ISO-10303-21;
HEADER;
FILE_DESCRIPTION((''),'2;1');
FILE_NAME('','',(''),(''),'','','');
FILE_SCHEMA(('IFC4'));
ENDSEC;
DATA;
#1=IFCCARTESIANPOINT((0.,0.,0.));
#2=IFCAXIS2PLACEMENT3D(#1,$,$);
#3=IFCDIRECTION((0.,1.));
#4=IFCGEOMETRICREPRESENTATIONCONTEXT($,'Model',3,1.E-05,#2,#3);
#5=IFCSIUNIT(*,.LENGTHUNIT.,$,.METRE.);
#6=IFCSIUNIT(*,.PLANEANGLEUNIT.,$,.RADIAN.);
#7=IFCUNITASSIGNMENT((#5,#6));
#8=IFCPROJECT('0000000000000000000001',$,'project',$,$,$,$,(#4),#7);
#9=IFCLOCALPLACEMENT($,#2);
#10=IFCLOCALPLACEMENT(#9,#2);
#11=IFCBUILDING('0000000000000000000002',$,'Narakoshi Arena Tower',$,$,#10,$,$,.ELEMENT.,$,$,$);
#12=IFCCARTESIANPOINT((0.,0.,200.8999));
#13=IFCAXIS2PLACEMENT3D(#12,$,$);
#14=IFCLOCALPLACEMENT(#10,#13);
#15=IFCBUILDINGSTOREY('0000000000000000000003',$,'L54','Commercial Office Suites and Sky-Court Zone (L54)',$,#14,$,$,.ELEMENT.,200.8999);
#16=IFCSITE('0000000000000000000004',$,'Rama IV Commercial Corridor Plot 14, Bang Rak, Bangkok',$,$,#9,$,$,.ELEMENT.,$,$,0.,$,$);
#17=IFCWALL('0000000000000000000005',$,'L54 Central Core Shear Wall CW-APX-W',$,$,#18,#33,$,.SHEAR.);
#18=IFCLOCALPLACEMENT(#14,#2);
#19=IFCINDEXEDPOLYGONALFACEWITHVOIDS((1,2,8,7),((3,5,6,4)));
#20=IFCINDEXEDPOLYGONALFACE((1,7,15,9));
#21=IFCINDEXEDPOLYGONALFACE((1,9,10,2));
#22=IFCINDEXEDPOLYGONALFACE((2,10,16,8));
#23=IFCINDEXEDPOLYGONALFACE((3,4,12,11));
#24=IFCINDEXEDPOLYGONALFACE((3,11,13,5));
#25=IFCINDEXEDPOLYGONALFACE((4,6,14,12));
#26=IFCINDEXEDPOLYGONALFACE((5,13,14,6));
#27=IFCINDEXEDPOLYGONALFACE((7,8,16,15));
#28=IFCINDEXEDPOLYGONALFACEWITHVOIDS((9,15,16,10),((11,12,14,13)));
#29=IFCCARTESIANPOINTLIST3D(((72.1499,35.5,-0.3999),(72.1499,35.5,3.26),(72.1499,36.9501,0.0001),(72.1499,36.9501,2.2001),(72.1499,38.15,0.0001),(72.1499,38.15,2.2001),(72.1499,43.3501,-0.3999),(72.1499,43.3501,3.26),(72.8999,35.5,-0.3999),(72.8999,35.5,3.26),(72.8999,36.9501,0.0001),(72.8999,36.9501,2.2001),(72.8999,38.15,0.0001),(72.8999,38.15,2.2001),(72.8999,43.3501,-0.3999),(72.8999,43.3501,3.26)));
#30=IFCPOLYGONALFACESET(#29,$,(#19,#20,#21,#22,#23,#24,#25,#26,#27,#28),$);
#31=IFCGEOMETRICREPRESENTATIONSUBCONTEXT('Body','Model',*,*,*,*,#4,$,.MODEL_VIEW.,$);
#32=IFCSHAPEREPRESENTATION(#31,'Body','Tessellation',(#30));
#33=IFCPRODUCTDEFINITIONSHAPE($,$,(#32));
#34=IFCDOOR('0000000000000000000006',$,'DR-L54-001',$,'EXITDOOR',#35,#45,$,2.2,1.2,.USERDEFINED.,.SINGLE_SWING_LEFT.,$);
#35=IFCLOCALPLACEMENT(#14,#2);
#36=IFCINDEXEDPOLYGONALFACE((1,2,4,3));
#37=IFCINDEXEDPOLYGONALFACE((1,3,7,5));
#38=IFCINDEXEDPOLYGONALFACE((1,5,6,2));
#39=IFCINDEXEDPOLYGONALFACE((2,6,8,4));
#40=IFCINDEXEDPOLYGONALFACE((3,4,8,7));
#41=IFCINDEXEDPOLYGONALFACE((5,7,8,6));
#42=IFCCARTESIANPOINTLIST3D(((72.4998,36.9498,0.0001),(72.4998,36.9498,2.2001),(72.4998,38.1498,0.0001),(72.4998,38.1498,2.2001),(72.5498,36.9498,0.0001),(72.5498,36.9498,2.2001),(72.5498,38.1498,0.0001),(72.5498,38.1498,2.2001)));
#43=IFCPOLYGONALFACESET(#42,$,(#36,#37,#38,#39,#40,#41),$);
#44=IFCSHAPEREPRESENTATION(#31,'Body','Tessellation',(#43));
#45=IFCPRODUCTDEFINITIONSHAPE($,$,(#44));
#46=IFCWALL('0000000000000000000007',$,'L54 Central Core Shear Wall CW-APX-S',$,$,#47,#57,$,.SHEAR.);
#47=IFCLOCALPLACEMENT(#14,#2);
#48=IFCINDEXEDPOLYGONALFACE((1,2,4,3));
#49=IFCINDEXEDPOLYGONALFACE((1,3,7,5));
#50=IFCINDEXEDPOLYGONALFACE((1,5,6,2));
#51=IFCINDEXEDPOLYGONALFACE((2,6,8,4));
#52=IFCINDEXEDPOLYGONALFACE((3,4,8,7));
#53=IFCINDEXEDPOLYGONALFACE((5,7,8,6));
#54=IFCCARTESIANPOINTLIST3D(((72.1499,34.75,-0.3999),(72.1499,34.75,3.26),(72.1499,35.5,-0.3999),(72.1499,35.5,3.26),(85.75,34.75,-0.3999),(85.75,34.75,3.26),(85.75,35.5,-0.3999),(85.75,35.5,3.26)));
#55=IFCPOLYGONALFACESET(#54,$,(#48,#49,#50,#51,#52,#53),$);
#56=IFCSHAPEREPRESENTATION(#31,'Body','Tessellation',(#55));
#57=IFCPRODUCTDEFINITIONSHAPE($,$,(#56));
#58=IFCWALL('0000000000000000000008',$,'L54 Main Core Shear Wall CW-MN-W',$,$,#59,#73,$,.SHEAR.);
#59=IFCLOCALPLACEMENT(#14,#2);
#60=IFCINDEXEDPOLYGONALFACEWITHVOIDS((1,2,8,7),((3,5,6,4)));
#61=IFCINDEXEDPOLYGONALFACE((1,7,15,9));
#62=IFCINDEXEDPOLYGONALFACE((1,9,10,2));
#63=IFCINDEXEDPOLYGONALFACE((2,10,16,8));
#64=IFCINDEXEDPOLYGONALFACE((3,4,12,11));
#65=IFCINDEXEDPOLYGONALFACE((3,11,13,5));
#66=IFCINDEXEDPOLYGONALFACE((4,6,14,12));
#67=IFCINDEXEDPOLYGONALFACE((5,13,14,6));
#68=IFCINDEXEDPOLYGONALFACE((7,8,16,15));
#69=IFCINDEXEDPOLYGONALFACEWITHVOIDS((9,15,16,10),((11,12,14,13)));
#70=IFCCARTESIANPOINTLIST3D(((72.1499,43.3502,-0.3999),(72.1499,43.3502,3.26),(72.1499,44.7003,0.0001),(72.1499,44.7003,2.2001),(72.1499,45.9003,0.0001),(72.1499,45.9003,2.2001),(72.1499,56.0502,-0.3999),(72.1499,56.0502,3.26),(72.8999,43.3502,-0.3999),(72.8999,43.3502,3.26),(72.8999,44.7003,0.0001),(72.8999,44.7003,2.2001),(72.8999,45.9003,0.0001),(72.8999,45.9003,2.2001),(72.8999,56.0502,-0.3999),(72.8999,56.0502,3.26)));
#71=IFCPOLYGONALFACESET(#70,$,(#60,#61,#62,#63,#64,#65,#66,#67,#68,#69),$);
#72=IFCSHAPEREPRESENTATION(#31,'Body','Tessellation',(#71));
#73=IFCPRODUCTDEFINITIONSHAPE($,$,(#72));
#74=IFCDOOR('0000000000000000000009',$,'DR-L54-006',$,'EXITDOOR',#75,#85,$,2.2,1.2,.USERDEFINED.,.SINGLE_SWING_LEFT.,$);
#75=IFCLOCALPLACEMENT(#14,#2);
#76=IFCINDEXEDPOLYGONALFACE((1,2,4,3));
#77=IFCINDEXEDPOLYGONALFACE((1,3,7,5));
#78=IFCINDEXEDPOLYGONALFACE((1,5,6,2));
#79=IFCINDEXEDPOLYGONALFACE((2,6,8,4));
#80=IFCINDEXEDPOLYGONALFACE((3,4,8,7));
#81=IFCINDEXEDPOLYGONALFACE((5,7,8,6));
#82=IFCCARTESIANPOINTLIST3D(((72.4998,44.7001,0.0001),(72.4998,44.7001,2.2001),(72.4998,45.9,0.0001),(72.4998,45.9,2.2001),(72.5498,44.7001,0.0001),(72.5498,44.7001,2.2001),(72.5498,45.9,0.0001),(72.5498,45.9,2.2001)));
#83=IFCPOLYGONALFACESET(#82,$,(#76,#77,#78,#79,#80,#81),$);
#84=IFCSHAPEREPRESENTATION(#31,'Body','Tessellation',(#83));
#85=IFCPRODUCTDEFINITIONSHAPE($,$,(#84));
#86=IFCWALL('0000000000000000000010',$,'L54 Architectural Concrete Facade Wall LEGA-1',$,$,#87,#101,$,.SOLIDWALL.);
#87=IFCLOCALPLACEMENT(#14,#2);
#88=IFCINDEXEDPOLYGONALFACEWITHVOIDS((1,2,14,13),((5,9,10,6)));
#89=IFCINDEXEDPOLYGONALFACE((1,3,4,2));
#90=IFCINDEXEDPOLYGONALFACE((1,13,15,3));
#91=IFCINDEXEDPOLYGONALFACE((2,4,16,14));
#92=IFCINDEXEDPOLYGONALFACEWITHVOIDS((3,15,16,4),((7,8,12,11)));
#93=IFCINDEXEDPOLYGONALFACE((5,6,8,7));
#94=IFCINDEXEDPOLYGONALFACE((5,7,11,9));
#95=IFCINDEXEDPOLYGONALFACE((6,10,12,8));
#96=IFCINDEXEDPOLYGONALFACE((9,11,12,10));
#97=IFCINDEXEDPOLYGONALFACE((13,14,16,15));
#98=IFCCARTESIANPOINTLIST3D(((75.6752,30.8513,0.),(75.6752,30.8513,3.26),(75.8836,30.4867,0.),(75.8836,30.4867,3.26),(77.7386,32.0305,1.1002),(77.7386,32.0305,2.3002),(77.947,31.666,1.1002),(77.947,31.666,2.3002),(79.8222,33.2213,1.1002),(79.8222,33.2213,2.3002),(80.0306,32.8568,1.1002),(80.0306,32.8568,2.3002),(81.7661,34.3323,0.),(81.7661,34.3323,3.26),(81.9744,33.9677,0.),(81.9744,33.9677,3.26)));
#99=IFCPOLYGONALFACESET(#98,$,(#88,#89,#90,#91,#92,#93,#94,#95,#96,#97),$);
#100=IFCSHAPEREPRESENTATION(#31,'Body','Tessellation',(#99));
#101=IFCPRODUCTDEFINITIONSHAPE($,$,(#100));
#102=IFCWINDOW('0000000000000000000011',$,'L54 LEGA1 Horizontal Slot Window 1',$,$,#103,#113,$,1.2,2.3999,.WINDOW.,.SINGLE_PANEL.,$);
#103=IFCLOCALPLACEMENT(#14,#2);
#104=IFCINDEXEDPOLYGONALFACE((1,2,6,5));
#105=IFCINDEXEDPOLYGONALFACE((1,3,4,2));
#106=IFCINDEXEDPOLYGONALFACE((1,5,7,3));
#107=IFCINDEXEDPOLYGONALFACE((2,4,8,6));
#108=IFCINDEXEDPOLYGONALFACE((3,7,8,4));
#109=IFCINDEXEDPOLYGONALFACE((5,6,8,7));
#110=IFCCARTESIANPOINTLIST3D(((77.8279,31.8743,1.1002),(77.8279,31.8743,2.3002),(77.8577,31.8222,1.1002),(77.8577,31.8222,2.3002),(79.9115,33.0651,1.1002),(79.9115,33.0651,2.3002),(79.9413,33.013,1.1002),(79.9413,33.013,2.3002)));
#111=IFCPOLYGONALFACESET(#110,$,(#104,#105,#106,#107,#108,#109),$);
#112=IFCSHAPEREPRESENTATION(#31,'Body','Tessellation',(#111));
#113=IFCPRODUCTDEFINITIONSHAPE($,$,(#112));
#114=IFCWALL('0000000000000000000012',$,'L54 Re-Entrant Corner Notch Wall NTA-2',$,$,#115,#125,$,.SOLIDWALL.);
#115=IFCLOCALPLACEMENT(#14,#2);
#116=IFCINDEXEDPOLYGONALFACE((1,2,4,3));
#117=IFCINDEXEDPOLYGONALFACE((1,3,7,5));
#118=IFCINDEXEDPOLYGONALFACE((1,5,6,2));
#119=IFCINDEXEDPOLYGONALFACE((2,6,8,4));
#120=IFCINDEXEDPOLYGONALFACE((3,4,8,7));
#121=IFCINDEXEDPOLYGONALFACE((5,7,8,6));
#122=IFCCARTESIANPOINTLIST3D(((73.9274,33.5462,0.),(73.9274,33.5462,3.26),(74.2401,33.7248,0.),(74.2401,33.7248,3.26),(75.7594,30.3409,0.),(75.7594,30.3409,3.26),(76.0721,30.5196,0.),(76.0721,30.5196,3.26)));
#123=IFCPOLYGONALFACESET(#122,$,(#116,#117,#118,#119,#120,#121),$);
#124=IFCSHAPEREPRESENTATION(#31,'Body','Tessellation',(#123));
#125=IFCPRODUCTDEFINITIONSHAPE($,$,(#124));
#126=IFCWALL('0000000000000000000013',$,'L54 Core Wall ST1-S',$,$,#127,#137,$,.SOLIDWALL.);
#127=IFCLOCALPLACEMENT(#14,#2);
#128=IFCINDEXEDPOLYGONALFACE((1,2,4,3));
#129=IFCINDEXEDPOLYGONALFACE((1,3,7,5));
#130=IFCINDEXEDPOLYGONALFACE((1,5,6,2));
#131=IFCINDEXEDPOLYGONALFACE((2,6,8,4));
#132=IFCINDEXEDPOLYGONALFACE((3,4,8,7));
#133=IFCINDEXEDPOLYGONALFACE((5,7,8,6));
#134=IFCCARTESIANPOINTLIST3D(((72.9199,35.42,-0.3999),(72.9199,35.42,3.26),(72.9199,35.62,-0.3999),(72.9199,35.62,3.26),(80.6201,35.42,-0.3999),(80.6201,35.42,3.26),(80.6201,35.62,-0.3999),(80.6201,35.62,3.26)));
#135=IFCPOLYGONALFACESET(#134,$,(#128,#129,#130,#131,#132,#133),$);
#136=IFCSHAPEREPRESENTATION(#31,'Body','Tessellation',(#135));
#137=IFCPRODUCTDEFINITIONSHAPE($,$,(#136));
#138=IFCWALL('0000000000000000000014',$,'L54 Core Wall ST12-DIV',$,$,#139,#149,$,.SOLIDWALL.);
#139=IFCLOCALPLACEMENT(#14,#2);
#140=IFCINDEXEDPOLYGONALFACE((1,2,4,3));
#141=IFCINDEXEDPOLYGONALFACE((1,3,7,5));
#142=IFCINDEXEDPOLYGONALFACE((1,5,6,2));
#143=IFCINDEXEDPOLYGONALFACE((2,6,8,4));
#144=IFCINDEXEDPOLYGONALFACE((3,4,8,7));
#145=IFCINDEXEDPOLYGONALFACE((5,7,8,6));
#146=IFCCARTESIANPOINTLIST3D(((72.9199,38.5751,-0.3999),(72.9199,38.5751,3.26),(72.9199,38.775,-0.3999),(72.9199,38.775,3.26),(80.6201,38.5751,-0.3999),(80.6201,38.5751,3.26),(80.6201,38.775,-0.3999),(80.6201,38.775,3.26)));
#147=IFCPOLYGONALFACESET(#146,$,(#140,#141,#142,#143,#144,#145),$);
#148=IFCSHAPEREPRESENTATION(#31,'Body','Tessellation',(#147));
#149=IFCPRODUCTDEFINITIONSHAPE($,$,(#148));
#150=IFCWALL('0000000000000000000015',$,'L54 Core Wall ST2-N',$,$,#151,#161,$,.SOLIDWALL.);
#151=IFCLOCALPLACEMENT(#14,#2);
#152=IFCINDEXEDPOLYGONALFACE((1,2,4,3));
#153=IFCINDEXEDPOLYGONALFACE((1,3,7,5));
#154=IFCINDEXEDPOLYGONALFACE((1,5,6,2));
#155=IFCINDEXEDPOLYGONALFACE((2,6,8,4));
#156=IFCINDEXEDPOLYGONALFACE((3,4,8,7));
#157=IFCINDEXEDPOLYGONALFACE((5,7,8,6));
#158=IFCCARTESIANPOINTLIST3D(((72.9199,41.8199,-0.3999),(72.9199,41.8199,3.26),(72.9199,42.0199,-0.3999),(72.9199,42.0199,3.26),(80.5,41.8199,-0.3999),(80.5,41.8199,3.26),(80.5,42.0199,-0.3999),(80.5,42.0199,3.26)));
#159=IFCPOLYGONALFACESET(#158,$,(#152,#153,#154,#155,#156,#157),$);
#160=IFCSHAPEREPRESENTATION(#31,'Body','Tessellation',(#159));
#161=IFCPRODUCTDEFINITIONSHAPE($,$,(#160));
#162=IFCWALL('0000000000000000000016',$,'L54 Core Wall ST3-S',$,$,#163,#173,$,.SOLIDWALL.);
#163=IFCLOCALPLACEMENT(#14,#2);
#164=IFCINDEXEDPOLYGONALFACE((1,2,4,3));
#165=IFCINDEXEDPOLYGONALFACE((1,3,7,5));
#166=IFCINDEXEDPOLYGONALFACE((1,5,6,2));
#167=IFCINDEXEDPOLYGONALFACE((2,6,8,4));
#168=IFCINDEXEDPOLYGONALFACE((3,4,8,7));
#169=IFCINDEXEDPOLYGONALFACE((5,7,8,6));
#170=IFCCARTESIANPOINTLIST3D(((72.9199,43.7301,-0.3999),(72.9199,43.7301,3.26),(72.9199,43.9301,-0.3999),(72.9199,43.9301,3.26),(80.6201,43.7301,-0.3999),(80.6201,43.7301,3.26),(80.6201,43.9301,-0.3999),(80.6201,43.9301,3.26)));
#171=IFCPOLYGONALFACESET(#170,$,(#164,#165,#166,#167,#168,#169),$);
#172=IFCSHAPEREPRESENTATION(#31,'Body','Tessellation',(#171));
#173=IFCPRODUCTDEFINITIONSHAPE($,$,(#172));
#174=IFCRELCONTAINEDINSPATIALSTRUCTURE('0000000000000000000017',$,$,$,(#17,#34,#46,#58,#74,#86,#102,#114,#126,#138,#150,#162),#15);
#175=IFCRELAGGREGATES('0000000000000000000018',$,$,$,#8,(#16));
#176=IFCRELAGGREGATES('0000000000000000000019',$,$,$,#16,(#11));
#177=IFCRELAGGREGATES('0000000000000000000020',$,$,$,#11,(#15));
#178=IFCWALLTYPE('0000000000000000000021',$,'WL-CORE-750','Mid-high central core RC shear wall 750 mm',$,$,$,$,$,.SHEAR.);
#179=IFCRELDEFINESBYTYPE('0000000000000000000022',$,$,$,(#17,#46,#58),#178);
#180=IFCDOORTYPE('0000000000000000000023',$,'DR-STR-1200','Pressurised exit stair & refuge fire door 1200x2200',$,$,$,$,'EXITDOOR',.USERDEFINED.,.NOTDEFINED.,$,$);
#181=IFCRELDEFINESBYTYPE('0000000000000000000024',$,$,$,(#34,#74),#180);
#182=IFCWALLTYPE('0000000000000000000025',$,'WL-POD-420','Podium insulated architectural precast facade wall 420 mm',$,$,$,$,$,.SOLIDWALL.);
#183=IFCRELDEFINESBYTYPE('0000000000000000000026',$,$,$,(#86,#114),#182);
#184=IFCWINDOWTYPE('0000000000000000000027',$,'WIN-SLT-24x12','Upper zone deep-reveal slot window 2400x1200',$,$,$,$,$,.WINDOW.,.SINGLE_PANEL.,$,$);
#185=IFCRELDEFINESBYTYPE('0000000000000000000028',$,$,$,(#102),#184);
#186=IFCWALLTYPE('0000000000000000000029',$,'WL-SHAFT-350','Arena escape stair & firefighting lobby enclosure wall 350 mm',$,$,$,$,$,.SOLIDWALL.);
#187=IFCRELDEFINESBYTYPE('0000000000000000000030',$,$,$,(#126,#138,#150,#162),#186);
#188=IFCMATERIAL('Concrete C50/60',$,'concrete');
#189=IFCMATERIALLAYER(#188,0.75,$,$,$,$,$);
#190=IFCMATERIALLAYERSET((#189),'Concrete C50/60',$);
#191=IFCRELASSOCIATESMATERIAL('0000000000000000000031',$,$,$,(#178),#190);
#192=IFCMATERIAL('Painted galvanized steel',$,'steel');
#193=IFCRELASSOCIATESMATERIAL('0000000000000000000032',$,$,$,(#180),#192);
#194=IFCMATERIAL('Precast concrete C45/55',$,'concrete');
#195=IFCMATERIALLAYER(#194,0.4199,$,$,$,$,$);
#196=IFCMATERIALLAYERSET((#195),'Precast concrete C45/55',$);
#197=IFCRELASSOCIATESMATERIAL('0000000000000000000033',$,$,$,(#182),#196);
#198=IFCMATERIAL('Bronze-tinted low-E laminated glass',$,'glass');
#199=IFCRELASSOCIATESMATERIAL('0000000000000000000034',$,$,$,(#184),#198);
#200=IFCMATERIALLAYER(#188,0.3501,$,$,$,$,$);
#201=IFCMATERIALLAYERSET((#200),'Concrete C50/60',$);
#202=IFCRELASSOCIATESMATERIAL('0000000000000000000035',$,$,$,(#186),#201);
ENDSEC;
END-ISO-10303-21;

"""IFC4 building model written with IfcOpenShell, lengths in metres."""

from ifc_helpers import new_model, si_unit, direction, frame, frame_2d, origin, place, context, subcontext, project, spatial, rectangle, extrude, material, layer, layer_set, type_object, element, fill, save


model = new_model("IFC4")

# Units and contexts
model_context = context("Model", 3, precision=1e-05, world=origin(), true_north=direction((0.0, 1.0)))
body_context = subcontext(model_context, "Body", "Model", "MODEL_VIEW")
ifc_project = project(units=[si_unit("LENGTHUNIT", "METRE"), si_unit("PLANEANGLEUNIT", "RADIAN")], contexts=[model_context])

# Site, building, storey
site_placement = place(None, origin())
site = spatial("IfcSite", under=ifc_project, at=site_placement, Name="Rama IV Commercial Corridor Plot 14, Bang Rak, Bangkok", CompositionType="ELEMENT", RefElevation=0.0)
building_placement = place(site_placement, origin())
building = spatial("IfcBuilding", under=site, at=building_placement, Name="Narakoshi Arena Tower", CompositionType="ELEMENT")
storey_placement = place(building_placement, frame((0.0, 0.0, 200.8999)))
storey = spatial("IfcBuildingStorey", under=building, at=storey_placement, Name="L54", Description="Commercial Office Suites and Sky-Court Zone (L54)", CompositionType="ELEMENT", Elevation=200.8999)

# Wall, opening, door
ifc_material_1 = material(Name="Concrete C50/60", Category="concrete")
ifc_layer_1 = layer(ifc_material_1, 0.75)
ifc_layer_set_1 = layer_set([ifc_layer_1], Name="Concrete C50/60")
wall_type_1 = type_object("IfcWallType", Name="WL-CORE-750", Description="Mid-high central core RC shear wall 750 mm", PredefinedType="SHEAR", material=ifc_layer_set_1)
wall_1_placement = place(storey_placement, frame((72.5249, 35.5, -0.3999), z_axis=(0.0, 0.0, 1.0), x_axis=(0.0, 1.0, 0.0)))
wall_1 = element("IfcWall", 1, at=wall_1_placement, inside=storey, type_object=wall_type_1, Name="L54 Central Core Shear Wall CW-APX-W", PredefinedType="SHEAR", context=body_context, shape_type="SweptSolid", body=[
    extrude(rectangle(XDim=7.8501, YDim=0.75, at=frame_2d((3.925, 0.0))), origin(), (0.0, 0.0, 1.0), 3.6599),
])
opening_1_placement = place(wall_1_placement, frame((1.45, 0.0, 0.3999)))
opening_1 = element("IfcOpeningElement", 2, at=opening_1_placement, cuts=wall_1, PredefinedType="OPENING", context=body_context, shape_type="SweptSolid", body=[
    extrude(rectangle(XDim=1.2, YDim=2.2, at=frame_2d((0.6001, 1.1001))), frame((0.0, 0.385, 0.0), z_axis=(0.0, -1.0, 0.0), x_axis=(1.0, 0.0, 0.0)), (0.0, 0.0, 1.0), 0.77),
])
ifc_material_2 = material(Name="Painted galvanized steel", Category="steel")
door_type = type_object("IfcDoorType", Name="DR-STR-1200", Description="Pressurised exit stair & refuge fire door 1200x2200", ElementType="EXITDOOR", OperationType="NOTDEFINED", PredefinedType="USERDEFINED", material=ifc_material_2)
door_1_placement = place(opening_1_placement, frame((1.2, 0.0, 0.0), z_axis=(0.0, 0.0, 1.0), x_axis=(-1.0, 0.0, 0.0)))
door_1 = element("IfcDoor", 3, at=door_1_placement, inside=storey, type_object=door_type, Name="DR-L54-001", ObjectType="EXITDOOR", OperationType="SINGLE_SWING_LEFT", OverallHeight=2.2, OverallWidth=1.2, PredefinedType="USERDEFINED", context=body_context, shape_type="SweptSolid", body=[
    extrude(rectangle(XDim=1.2, YDim=2.2, at=frame_2d((0.6001, 1.1001))), frame((0.0, 0.0249, 0.0), z_axis=(0.0, -1.0, 0.0), x_axis=(1.0, 0.0, 0.0)), (0.0, 0.0, 1.0), 0.05),
])
fill(opening_1, door_1)

# Wall
wall_2_placement = place(storey_placement, frame((72.1499, 35.125, -0.3999), z_axis=(0.0, 0.0, 1.0), x_axis=(1.0, 0.0, 0.0)))
element("IfcWall", 4, at=wall_2_placement, inside=storey, type_object=wall_type_1, Name="L54 Central Core Shear Wall CW-APX-S", PredefinedType="SHEAR", context=body_context, shape_type="SweptSolid", body=[
    extrude(rectangle(XDim=13.6001, YDim=0.75, at=frame_2d((6.8, 0.0))), origin(), (0.0, 0.0, 1.0), 3.6599),
])

# Wall, opening, door
wall_3_placement = place(storey_placement, frame((72.5249, 43.3501, -0.3999), z_axis=(0.0, 0.0, 1.0), x_axis=(0.0, 1.0, 0.0)))
wall_3 = element("IfcWall", 5, at=wall_3_placement, inside=storey, type_object=wall_type_1, Name="L54 Main Core Shear Wall CW-MN-W", PredefinedType="SHEAR", context=body_context, shape_type="SweptSolid", body=[
    extrude(rectangle(XDim=12.7, YDim=0.75, at=frame_2d((6.3501, 0.0))), origin(), (0.0, 0.0, 1.0), 3.6599),
])
opening_2_placement = place(wall_3_placement, frame((1.3501, 0.0, 0.3999)))
opening_2 = element("IfcOpeningElement", 6, at=opening_2_placement, cuts=wall_3, PredefinedType="OPENING", context=body_context, shape_type="SweptSolid", body=[
    extrude(rectangle(XDim=1.2, YDim=2.2, at=frame_2d((0.6001, 1.1001))), frame((0.0, 0.385, 0.0), z_axis=(0.0, -1.0, 0.0), x_axis=(1.0, 0.0, 0.0)), (0.0, 0.0, 1.0), 0.77),
])
door_2_placement = place(opening_2_placement, frame((1.2, 0.0, 0.0), z_axis=(0.0, 0.0, 1.0), x_axis=(-1.0, 0.0, 0.0)))
door_2 = element("IfcDoor", 7, at=door_2_placement, inside=storey, type_object=door_type, Name="DR-L54-006", ObjectType="EXITDOOR", OperationType="SINGLE_SWING_LEFT", OverallHeight=2.2, OverallWidth=1.2, PredefinedType="USERDEFINED", context=body_context, shape_type="SweptSolid", body=[
    extrude(rectangle(XDim=1.2, YDim=2.2, at=frame_2d((0.6001, 1.1001))), frame((0.0, 0.0249, 0.0), z_axis=(0.0, -1.0, 0.0), x_axis=(1.0, 0.0, 0.0)), (0.0, 0.0, 1.0), 0.05),
])
fill(opening_2, door_2)

# Wall, opening, window
ifc_material_3 = material(Name="Precast concrete C45/55", Category="concrete")
ifc_layer_2 = layer(ifc_material_3, 0.4199)
ifc_layer_set_2 = layer_set([ifc_layer_2], Name="Precast concrete C45/55")
wall_type_2 = type_object("IfcWallType", Name="WL-POD-420", Description="Podium insulated architectural precast facade wall 420 mm", PredefinedType="SOLIDWALL", material=ifc_layer_set_2)
wall_4_placement = place(storey_placement, frame((75.7793, 30.6689, 0.0), z_axis=(0.0, 0.0, 1.0), x_axis=(0.868213, 0.496191, 0.0)))
wall_4 = element("IfcWall", 8, at=wall_4_placement, inside=storey, type_object=wall_type_2, Name="L54 Architectural Concrete Facade Wall LEGA-1", PredefinedType="SOLIDWALL", context=body_context, shape_type="SweptSolid", body=[
    extrude(rectangle(XDim=7.0154, YDim=0.4199, at=frame_2d((3.5078, 0.0))), origin(), (0.0, 0.0, 1.0), 3.26),
])
opening_3_placement = place(wall_4_placement, frame((2.3767, 0.0, 1.1001)))
opening_3 = element("IfcOpeningElement", 9, at=opening_3_placement, cuts=wall_4, PredefinedType="OPENING", context=body_context, shape_type="SweptSolid", body=[
    extrude(rectangle(XDim=2.3999, YDim=1.2, at=frame_2d((1.2, 0.6001))), frame((0.0, 0.22, 0.0), z_axis=(0.0, -1.0, 0.0), x_axis=(1.0, 0.0, 0.0)), (0.0, 0.0, 1.0), 0.4399),
])
ifc_material_4 = material(Name="Bronze-tinted low-E laminated glass", Category="glass")
window_type = type_object("IfcWindowType", Name="WIN-SLT-24x12", Description="Upper zone deep-reveal slot window 2400x1200", PartitioningType="SINGLE_PANEL", PredefinedType="WINDOW", material=ifc_material_4)
window_placement = place(opening_3_placement, origin())
window = element("IfcWindow", 10, at=window_placement, inside=storey, type_object=window_type, Name="L54 LEGA1 Horizontal Slot Window 1", OverallHeight=1.2, OverallWidth=2.3999, PartitioningType="SINGLE_PANEL", PredefinedType="WINDOW", context=body_context, shape_type="SweptSolid", body=[
    extrude(rectangle(XDim=2.3999, YDim=1.2, at=frame_2d((1.2, 0.6001))), frame((0.0, 0.03, 0.0), z_axis=(0.0, -1.0, 0.0), x_axis=(1.0, 0.0, 0.0)), (0.0, 0.0, 1.0), 0.0601),
])
fill(opening_3, window)

# Walls
wall_5_placement = place(storey_placement, frame((74.0837, 33.6355, 0.0), z_axis=(0.0, 0.0, 1.0), x_axis=(0.496224, -0.868194, 0.0)))
element("IfcWall", 11, at=wall_5_placement, inside=storey, type_object=wall_type_2, Name="L54 Re-Entrant Corner Notch Wall NTA-2", PredefinedType="SOLIDWALL", context=body_context, shape_type="SweptSolid", body=[
    extrude(rectangle(XDim=3.6919, YDim=0.3601, at=frame_2d((1.8459, 0.0))), origin(), (0.0, 0.0, 1.0), 3.26),
])
ifc_layer_3 = layer(ifc_material_1, 0.3501)
ifc_layer_set_3 = layer_set([ifc_layer_3], Name="Concrete C50/60")
wall_type_3 = type_object("IfcWallType", Name="WL-SHAFT-350", Description="Arena escape stair & firefighting lobby enclosure wall 350 mm", PredefinedType="SOLIDWALL", material=ifc_layer_set_3)
for number, where, z_axis, x_axis, name in (
    (12, (72.9199, 35.52, -0.3999), (0.0, 0.0, 1.0), (1.0, 0.0, 0.0), "L54 Core Wall ST1-S"),
    (13, (72.9199, 38.675, -0.3999), (0.0, 0.0, 1.0), (1.0, 0.0, 0.0), "L54 Core Wall ST12-DIV"),
):
    element("IfcWall", number, at=place(storey_placement, frame(where, z_axis=z_axis, x_axis=x_axis)), inside=storey, type_object=wall_type_3, Name=name, PredefinedType="SOLIDWALL", context=body_context, shape_type="SweptSolid", body=[
        extrude(rectangle(XDim=7.7002, YDim=0.2, at=frame_2d((3.8501, 0.0))), origin(), (0.0, 0.0, 1.0), 3.6599),
    ])
wall_6_placement = place(storey_placement, frame((72.9199, 41.9199, -0.3999), z_axis=(0.0, 0.0, 1.0), x_axis=(1.0, 0.0, 0.0)))
element("IfcWall", 14, at=wall_6_placement, inside=storey, type_object=wall_type_3, Name="L54 Core Wall ST2-N", PredefinedType="SOLIDWALL", context=body_context, shape_type="SweptSolid", body=[
    extrude(rectangle(XDim=7.5801, YDim=0.2, at=frame_2d((3.79, 0.0))), origin(), (0.0, 0.0, 1.0), 3.6599),
])
wall_7_placement = place(storey_placement, frame((72.9199, 43.8301, -0.3999), z_axis=(0.0, 0.0, 1.0), x_axis=(1.0, 0.0, 0.0)))
element("IfcWall", 15, at=wall_7_placement, inside=storey, type_object=wall_type_3, Name="L54 Core Wall ST3-S", PredefinedType="SOLIDWALL", context=body_context, shape_type="SweptSolid", body=[
    extrude(rectangle(XDim=7.7002, YDim=0.2, at=frame_2d((3.8501, 0.0))), origin(), (0.0, 0.0, 1.0), 3.6599),
])

save(model, "model.ifc")
